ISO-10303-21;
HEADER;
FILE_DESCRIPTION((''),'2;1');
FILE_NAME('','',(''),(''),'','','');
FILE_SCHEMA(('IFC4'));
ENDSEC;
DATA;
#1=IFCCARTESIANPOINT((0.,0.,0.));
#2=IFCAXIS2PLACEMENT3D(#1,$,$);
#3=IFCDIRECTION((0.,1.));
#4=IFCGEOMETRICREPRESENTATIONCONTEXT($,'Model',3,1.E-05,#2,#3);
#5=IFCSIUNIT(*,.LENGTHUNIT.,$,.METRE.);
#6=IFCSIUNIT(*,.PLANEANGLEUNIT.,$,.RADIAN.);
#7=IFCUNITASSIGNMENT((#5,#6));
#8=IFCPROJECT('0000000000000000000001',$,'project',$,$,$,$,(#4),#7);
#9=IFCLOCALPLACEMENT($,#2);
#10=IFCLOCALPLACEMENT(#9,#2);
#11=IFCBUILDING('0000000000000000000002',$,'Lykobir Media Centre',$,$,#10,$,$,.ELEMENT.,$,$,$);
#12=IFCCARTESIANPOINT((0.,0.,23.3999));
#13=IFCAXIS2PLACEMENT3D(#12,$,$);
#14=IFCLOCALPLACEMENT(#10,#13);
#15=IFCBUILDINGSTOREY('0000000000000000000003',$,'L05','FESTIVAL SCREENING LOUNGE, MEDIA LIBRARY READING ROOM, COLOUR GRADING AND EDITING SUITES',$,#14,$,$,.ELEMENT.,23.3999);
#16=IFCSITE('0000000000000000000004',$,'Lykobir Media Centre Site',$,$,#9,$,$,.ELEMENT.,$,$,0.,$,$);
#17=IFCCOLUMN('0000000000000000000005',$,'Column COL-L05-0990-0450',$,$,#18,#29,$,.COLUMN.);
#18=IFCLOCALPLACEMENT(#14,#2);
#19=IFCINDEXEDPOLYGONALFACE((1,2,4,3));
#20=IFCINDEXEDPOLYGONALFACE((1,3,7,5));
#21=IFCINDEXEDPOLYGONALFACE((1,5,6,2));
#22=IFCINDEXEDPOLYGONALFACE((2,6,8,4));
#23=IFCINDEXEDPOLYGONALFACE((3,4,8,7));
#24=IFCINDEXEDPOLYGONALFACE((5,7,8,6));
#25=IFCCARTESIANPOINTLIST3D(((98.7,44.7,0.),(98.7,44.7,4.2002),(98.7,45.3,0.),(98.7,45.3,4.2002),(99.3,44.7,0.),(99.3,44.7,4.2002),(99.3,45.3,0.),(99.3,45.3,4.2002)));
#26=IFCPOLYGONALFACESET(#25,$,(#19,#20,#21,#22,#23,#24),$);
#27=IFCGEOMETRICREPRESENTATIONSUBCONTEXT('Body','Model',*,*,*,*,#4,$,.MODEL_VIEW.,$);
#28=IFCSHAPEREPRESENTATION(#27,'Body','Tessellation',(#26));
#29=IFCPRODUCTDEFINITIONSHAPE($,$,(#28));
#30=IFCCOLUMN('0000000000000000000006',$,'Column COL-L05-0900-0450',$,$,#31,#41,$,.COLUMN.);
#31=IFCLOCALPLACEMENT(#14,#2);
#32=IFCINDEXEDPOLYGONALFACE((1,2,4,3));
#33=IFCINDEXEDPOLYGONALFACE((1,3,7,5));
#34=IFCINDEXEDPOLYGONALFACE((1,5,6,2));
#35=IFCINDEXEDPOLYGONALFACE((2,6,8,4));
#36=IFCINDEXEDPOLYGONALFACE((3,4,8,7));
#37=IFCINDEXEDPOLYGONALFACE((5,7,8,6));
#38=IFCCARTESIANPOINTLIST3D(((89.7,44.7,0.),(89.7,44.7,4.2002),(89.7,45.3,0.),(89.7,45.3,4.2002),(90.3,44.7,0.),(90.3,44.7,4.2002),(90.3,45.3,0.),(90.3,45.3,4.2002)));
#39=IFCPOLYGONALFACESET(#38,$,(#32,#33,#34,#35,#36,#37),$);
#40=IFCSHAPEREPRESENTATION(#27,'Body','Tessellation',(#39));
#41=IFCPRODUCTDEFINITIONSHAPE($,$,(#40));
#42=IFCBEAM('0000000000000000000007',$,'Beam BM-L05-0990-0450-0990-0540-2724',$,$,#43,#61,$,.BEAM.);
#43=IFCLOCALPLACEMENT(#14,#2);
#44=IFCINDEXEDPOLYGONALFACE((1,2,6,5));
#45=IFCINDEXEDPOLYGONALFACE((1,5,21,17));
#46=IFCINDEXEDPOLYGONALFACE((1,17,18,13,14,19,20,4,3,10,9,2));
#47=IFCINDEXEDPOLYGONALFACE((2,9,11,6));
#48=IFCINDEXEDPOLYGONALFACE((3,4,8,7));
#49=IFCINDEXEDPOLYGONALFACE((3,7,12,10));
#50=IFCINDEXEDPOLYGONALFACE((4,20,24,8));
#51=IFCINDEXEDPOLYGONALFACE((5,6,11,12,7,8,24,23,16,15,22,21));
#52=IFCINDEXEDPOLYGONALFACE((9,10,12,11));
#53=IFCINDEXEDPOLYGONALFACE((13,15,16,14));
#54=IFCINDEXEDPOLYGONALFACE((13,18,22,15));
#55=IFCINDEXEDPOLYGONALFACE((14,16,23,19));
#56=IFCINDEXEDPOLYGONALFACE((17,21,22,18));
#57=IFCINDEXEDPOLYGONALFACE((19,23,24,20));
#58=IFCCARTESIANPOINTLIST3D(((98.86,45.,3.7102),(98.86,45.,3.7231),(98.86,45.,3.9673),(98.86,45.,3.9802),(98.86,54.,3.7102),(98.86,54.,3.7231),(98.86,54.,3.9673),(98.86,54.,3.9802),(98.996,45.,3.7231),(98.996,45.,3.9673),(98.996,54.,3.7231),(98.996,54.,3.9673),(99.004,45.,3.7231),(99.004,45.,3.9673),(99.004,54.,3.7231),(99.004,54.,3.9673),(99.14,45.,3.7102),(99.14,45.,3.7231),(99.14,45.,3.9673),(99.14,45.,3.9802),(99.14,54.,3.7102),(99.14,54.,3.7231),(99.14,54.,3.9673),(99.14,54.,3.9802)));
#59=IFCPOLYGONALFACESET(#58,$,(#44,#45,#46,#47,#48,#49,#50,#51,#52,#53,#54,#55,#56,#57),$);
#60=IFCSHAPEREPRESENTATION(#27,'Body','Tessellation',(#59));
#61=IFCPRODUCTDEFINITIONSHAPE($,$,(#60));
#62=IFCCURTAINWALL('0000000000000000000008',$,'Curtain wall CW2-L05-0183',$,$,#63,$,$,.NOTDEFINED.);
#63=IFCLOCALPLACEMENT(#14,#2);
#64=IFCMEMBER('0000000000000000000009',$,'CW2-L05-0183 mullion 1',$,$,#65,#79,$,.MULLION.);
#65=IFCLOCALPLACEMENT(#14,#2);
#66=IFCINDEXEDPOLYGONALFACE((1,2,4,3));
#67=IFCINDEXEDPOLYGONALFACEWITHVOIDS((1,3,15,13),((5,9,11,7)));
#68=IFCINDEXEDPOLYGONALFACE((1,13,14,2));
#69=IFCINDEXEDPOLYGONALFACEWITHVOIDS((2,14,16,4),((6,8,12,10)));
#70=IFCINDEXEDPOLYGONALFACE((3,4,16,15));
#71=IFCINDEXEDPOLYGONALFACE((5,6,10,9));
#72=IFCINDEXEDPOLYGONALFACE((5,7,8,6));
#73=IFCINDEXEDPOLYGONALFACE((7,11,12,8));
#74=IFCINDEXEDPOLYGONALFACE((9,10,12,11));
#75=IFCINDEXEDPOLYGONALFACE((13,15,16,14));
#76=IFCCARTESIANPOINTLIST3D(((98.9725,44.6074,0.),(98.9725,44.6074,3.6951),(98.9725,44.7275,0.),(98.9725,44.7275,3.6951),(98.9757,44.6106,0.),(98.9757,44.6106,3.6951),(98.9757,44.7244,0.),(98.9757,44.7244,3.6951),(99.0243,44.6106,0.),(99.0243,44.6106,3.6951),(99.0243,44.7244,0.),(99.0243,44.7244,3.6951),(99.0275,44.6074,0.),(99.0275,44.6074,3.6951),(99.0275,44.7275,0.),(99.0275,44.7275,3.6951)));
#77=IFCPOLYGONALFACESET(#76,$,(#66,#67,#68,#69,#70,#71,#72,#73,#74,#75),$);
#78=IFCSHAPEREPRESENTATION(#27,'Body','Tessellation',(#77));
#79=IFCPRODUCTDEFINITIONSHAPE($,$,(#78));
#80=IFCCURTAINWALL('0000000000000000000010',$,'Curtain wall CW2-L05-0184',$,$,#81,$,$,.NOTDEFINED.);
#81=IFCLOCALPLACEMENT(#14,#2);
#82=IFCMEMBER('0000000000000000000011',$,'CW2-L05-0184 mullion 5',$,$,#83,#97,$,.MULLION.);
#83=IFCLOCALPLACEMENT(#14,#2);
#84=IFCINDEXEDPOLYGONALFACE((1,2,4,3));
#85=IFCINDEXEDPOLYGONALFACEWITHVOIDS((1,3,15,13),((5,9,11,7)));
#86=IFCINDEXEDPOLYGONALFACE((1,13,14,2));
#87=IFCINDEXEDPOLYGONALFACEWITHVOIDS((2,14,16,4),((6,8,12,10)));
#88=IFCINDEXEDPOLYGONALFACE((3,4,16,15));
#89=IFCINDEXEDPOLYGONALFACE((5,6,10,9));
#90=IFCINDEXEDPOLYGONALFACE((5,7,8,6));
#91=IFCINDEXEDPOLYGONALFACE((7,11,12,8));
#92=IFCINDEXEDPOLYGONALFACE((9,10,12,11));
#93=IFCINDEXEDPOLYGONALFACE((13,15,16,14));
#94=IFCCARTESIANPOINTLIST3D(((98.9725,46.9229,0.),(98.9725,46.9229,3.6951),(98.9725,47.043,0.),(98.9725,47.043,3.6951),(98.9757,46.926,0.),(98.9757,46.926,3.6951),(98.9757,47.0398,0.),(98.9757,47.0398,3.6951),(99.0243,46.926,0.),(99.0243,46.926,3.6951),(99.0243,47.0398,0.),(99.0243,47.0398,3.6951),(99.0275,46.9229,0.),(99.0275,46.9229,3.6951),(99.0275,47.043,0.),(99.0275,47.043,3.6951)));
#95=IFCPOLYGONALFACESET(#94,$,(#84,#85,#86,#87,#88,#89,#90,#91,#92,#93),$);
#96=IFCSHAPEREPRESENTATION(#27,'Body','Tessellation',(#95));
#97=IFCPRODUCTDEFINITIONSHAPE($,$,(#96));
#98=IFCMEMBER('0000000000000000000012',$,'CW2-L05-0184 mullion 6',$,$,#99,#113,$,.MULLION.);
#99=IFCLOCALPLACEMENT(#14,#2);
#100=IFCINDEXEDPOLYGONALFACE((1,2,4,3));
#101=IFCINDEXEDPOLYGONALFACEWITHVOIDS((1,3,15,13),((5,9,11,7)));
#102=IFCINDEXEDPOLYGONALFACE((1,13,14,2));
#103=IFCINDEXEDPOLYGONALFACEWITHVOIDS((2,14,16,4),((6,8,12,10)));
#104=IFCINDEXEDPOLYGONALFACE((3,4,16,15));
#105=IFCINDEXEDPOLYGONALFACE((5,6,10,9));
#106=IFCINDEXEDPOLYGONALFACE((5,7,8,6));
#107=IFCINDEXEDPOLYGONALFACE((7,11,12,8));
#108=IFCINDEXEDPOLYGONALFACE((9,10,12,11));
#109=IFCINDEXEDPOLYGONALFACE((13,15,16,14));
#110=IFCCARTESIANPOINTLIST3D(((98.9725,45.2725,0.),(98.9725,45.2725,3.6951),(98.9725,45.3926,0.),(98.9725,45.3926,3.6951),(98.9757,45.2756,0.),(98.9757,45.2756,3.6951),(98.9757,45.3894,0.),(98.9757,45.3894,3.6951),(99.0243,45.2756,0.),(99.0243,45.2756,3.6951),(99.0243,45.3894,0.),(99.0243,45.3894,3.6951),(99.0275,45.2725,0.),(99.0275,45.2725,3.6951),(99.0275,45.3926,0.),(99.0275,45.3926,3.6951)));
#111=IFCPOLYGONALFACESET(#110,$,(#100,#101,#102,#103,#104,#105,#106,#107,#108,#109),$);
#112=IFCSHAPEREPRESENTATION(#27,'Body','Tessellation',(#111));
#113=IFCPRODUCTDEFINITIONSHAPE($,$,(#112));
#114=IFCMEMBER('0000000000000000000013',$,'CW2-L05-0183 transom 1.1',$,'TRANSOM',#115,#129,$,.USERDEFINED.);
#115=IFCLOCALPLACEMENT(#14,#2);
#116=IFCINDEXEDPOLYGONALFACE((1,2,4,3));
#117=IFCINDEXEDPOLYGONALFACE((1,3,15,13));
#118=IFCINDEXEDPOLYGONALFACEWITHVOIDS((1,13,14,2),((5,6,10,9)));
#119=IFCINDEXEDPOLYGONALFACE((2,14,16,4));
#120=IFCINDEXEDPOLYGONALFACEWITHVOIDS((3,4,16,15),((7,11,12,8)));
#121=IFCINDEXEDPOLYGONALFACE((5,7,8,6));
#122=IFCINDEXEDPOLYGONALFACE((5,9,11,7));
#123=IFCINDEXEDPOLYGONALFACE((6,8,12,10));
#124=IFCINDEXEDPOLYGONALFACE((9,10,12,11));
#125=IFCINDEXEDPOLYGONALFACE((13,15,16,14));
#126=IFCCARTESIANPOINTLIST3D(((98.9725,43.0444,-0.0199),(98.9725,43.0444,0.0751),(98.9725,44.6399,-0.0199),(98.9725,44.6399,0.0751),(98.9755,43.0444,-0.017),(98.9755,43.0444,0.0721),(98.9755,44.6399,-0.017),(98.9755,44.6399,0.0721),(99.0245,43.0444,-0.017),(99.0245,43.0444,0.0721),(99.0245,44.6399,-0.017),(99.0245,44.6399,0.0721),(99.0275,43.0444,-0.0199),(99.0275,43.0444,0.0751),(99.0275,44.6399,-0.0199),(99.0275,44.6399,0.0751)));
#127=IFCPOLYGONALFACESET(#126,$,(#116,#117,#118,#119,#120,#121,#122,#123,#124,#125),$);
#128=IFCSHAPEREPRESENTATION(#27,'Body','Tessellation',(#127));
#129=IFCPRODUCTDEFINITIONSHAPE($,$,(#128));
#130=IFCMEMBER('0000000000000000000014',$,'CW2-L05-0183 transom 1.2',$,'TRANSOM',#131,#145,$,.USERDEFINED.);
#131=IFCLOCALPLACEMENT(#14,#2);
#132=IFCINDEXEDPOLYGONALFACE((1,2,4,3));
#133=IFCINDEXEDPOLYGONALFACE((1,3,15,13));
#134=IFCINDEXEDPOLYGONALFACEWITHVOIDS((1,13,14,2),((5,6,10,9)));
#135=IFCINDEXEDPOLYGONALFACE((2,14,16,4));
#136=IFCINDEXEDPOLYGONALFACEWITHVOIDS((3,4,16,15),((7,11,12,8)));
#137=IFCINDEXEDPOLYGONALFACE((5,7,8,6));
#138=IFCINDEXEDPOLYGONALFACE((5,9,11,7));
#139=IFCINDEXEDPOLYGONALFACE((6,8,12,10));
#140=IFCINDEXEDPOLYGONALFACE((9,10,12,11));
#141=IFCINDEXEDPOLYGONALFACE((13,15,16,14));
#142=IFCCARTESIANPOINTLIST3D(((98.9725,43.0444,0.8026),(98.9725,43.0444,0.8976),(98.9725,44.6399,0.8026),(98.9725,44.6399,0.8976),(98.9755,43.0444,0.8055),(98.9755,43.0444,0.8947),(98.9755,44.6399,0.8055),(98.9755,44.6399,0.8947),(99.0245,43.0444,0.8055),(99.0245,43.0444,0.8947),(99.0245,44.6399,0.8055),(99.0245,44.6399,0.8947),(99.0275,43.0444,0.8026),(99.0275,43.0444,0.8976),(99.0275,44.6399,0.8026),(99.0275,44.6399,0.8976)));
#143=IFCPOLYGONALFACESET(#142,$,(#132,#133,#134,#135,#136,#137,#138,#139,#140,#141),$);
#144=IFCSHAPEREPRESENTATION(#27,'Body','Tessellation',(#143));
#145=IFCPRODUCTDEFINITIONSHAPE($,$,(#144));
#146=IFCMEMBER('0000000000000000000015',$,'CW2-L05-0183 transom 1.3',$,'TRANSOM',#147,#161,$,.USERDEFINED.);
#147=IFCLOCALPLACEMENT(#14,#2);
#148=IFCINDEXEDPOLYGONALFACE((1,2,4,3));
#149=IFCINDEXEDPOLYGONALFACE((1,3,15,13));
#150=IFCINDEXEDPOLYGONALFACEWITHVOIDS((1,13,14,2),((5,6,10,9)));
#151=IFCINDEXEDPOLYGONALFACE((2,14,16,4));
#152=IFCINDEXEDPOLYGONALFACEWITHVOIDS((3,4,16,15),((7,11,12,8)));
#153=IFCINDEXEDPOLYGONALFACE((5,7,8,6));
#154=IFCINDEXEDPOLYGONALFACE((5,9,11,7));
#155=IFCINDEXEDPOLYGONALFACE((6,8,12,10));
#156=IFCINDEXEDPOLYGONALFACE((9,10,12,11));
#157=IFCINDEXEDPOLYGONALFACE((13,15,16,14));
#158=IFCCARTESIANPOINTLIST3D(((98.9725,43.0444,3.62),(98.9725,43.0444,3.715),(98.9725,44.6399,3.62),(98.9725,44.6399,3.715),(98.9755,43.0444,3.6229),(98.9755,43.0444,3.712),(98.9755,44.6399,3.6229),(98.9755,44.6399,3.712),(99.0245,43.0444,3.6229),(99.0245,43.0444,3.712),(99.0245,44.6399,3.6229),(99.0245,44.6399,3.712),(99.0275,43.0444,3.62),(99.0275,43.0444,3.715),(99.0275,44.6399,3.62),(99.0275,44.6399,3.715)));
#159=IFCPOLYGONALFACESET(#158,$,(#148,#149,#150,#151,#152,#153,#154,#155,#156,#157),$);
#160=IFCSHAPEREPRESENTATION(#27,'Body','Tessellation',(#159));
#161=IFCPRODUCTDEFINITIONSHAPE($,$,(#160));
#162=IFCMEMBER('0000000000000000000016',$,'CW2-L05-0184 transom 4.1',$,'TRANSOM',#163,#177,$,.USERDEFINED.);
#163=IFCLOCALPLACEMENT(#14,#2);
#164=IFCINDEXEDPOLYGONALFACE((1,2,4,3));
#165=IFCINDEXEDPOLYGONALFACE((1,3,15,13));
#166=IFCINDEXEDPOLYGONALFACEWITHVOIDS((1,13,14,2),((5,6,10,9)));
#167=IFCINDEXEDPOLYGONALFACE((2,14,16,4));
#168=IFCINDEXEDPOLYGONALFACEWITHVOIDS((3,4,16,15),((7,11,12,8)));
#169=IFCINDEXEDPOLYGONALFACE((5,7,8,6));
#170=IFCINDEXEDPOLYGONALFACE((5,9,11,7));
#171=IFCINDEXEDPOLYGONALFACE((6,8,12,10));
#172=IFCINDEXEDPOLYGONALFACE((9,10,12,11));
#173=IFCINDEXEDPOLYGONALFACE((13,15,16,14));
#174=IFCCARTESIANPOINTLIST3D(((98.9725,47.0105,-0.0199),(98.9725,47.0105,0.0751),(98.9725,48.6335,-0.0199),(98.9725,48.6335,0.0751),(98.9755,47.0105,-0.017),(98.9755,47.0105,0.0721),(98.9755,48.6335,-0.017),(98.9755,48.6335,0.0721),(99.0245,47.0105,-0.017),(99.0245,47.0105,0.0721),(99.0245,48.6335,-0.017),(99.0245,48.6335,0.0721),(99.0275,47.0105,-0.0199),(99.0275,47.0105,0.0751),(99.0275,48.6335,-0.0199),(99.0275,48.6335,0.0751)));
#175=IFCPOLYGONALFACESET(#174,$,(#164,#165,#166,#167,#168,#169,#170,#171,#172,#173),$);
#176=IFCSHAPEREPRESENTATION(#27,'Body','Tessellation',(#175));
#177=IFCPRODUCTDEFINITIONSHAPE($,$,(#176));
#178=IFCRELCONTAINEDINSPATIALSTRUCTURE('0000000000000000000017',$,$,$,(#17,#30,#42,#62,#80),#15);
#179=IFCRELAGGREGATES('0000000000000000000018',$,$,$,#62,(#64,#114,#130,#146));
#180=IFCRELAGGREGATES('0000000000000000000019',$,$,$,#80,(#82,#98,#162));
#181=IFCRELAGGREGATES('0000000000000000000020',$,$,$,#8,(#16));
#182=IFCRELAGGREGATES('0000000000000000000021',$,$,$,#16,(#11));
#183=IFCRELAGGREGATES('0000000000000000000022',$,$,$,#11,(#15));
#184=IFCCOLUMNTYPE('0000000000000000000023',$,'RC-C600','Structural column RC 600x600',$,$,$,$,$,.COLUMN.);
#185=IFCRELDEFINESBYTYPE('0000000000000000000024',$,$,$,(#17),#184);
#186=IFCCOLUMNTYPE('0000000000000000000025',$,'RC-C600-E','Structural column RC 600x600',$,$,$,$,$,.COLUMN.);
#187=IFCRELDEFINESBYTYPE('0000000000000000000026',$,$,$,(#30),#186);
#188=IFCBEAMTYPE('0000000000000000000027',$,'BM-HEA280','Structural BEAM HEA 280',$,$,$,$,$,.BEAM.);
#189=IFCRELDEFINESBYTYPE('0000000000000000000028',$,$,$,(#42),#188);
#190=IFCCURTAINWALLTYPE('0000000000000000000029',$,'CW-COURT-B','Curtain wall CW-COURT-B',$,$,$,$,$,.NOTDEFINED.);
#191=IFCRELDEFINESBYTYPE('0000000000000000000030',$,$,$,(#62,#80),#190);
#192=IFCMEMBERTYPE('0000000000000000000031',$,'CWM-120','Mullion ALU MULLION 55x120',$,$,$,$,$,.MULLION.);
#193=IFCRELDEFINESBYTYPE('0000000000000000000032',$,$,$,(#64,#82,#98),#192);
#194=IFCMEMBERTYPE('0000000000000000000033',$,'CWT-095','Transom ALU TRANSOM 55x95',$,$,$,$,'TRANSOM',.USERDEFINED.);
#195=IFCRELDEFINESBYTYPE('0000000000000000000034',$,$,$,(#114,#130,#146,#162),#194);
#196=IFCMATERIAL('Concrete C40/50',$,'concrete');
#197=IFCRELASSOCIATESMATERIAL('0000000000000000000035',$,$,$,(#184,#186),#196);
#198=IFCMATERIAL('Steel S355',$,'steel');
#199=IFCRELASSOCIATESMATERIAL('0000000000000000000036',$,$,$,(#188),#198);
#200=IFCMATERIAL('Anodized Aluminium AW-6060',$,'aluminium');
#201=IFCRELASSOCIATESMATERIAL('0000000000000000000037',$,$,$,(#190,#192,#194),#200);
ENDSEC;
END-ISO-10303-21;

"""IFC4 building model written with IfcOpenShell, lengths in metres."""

from ifc_helpers import new_model, si_unit, direction, frame, origin, origin_2d, place, context, subcontext, project, spatial, rectangle, hollow_rectangle, i_section, extrude, material, material_profile, profile_set, type_object, element, aggregate, save


model = new_model("IFC4")

# Units and contexts
model_context = context("Model", 3, precision=1e-05, world=origin(), true_north=direction((0.0, 1.0)))
body_context = subcontext(model_context, "Body", "Model", "MODEL_VIEW")
ifc_project = project(units=[si_unit("LENGTHUNIT", "METRE"), si_unit("PLANEANGLEUNIT", "RADIAN")], contexts=[model_context])

# Site, building, storey
site_placement = place(None, origin())
site = spatial("IfcSite", under=ifc_project, at=site_placement, Name="Lykobir Media Centre Site", CompositionType="ELEMENT", RefElevation=0.0)
building_placement = place(site_placement, origin())
building = spatial("IfcBuilding", under=site, at=building_placement, Name="Lykobir Media Centre", CompositionType="ELEMENT")
storey_placement = place(building_placement, frame((0.0, 0.0, 23.3999)))
storey = spatial("IfcBuildingStorey", under=building, at=storey_placement, Name="L05", Description="FESTIVAL SCREENING LOUNGE, MEDIA LIBRARY READING ROOM, COLOUR GRADING AND EDITING SUITES", CompositionType="ELEMENT", Elevation=23.3999)

# Columns
ifc_material_1 = material(Name="Concrete C40/50", Category="concrete")
ifc_material_profile_1 = material_profile(ifc_material_1, rectangle(XDim=0.6001, YDim=0.6001, at=origin_2d()), Name="RC 600x600")
ifc_profile_set_1 = profile_set([ifc_material_profile_1], Name="Concrete C40/50")
column_type_1 = type_object("IfcColumnType", Name="RC-C600", Description="Structural column RC 600x600", PredefinedType="COLUMN", material=ifc_profile_set_1)
column_1_placement = place(storey_placement, frame((99.0, 45.0, 0.0), z_axis=(0.0, 0.0, 1.0), x_axis=(1.0, 0.0, 0.0)))
element("IfcColumn", 1, at=column_1_placement, inside=storey, type_object=column_type_1, Name="Column COL-L05-0990-0450", PredefinedType="COLUMN", context=body_context, shape_type="SweptSolid", body=[
    extrude(rectangle(XDim=0.6001, YDim=0.6001, at=origin_2d()), origin(), (0.0, 0.0, 1.0), 4.2002),
])
ifc_material_profile_2 = material_profile(ifc_material_1, rectangle(XDim=0.6001, YDim=0.6001, at=origin_2d()), Name="RC 600x600")
ifc_profile_set_2 = profile_set([ifc_material_profile_2], Name="Concrete C40/50")
column_type_2 = type_object("IfcColumnType", Name="RC-C600-E", Description="Structural column RC 600x600", PredefinedType="COLUMN", material=ifc_profile_set_2)
column_2_placement = place(storey_placement, frame((90.0, 45.0, 0.0), z_axis=(0.0, 0.0, 1.0), x_axis=(1.0, 0.0, 0.0)))
element("IfcColumn", 2, at=column_2_placement, inside=storey, type_object=column_type_2, Name="Column COL-L05-0900-0450", PredefinedType="COLUMN", context=body_context, shape_type="SweptSolid", body=[
    extrude(rectangle(XDim=0.6001, YDim=0.6001, at=origin_2d()), origin(), (0.0, 0.0, 1.0), 4.2002),
])

# Beam
ifc_material_2 = material(Name="Steel S355", Category="steel")
ifc_material_profile_3 = material_profile(ifc_material_2, i_section(OverallWidth=0.28, OverallDepth=0.27, WebThickness=0.0081, FlangeThickness=0.0129, at=origin_2d()), Name="HEA 280")
ifc_profile_set_3 = profile_set([ifc_material_profile_3], Name="Steel S355")
beam_type_1 = type_object("IfcBeamType", Name="BM-HEA280", Description="Structural BEAM HEA 280", PredefinedType="BEAM", material=ifc_profile_set_3)
beam_1_placement = place(storey_placement, frame((99.0, 45.0, 3.8452), z_axis=(0.0, 1.0, 0.0), x_axis=(-1.0, 0.0, 0.0)))
element("IfcBeam", 3, at=beam_1_placement, inside=storey, type_object=beam_type_1, Name="Beam BM-L05-0990-0450-0990-0540-2724", PredefinedType="BEAM", context=body_context, shape_type="SweptSolid", body=[
    extrude(i_section(OverallWidth=0.28, OverallDepth=0.27, WebThickness=0.0081, FlangeThickness=0.0129, at=origin_2d()), origin(), (0.0, 0.0, 1.0), 9.0),
])

# Curtain wall, member
ifc_material_3 = material(Name="Anodized Aluminium AW-6060", Category="aluminium")
curtain_wall_type = type_object("IfcCurtainWallType", Name="CW-COURT-B", Description="Curtain wall CW-COURT-B", PredefinedType="NOTDEFINED", material=ifc_material_3)
curtain_wall_1_placement = place(storey_placement, origin())
curtain_wall_1 = element("IfcCurtainWall", 4, at=curtain_wall_1_placement, inside=storey, type_object=curtain_wall_type, Name="Curtain wall CW2-L05-0183", PredefinedType="NOTDEFINED")
ifc_material_profile_4 = material_profile(ifc_material_3, hollow_rectangle(XDim=0.0549, YDim=0.1201, WallThickness=0.0032, at=origin_2d()), Name="ALU MULLION 55x120")
ifc_profile_set_4 = profile_set([ifc_material_profile_4], Name="Anodized Aluminium AW-6060")
member_type_1 = type_object("IfcMemberType", Name="CWM-120", Description="Mullion ALU MULLION 55x120", PredefinedType="MULLION", material=ifc_profile_set_4)
member_1_placement = place(storey_placement, frame((99.0, 44.6675, 0.0), z_axis=(0.0, 0.0, 1.0), x_axis=(1.0, 0.0, 0.0)))
member_1 = element("IfcMember", 5, at=member_1_placement, type_object=member_type_1, Name="CW2-L05-0183 mullion 1", PredefinedType="MULLION", context=body_context, shape_type="SweptSolid", body=[
    extrude(hollow_rectangle(XDim=0.0549, YDim=0.1201, WallThickness=0.0032, at=origin_2d()), origin(), (0.0, 0.0, 1.0), 3.6951),
])

# Curtain wall, members
curtain_wall_2_placement = place(storey_placement, origin())
curtain_wall_2 = element("IfcCurtainWall", 6, at=curtain_wall_2_placement, inside=storey, type_object=curtain_wall_type, Name="Curtain wall CW2-L05-0184", PredefinedType="NOTDEFINED")
member_2_placement = place(storey_placement, frame((99.0, 46.9829, 0.0), z_axis=(0.0, 0.0, 1.0), x_axis=(1.0, 0.0, 0.0)))
member_2 = element("IfcMember", 7, at=member_2_placement, type_object=member_type_1, Name="CW2-L05-0184 mullion 5", PredefinedType="MULLION", context=body_context, shape_type="SweptSolid", body=[
    extrude(hollow_rectangle(XDim=0.0549, YDim=0.1201, WallThickness=0.0032, at=origin_2d()), origin(), (0.0, 0.0, 1.0), 3.6951),
])
member_3_placement = place(storey_placement, frame((99.0, 45.3325, 0.0), z_axis=(0.0, 0.0, 1.0), x_axis=(1.0, 0.0, 0.0)))
member_3 = element("IfcMember", 8, at=member_3_placement, type_object=member_type_1, Name="CW2-L05-0184 mullion 6", PredefinedType="MULLION", context=body_context, shape_type="SweptSolid", body=[
    extrude(hollow_rectangle(XDim=0.0549, YDim=0.1201, WallThickness=0.0032, at=origin_2d()), origin(), (0.0, 0.0, 1.0), 3.6951),
])

# Members
ifc_material_profile_5 = material_profile(ifc_material_3, hollow_rectangle(XDim=0.0549, YDim=0.095, WallThickness=0.0029, at=origin_2d()), Name="ALU TRANSOM 55x95")
ifc_profile_set_5 = profile_set([ifc_material_profile_5], Name="Anodized Aluminium AW-6060")
member_type_2 = type_object("IfcMemberType", Name="CWT-095", Description="Transom ALU TRANSOM 55x95", ElementType="TRANSOM", PredefinedType="USERDEFINED", material=ifc_profile_set_5)
member_4_placement = place(storey_placement, frame((99.0, 44.6399, 0.0276), z_axis=(0.0, -1.0, 0.0), x_axis=(1.0, 0.0, 0.0)))
member_4 = element("IfcMember", 9, at=member_4_placement, type_object=member_type_2, Name="CW2-L05-0183 transom 1.1", ObjectType="TRANSOM", PredefinedType="USERDEFINED", context=body_context, shape_type="SweptSolid", body=[
    extrude(hollow_rectangle(XDim=0.0549, YDim=0.095, WallThickness=0.0029, at=origin_2d()), origin(), (0.0, 0.0, 1.0), 1.5955),
])
member_5_placement = place(storey_placement, frame((99.0, 44.6399, 0.8501), z_axis=(0.0, -1.0, 0.0), x_axis=(1.0, 0.0, 0.0)))
member_5 = element("IfcMember", 10, at=member_5_placement, type_object=member_type_2, Name="CW2-L05-0183 transom 1.2", ObjectType="TRANSOM", PredefinedType="USERDEFINED", context=body_context, shape_type="SweptSolid", body=[
    extrude(hollow_rectangle(XDim=0.0549, YDim=0.095, WallThickness=0.0029, at=origin_2d()), origin(), (0.0, 0.0, 1.0), 1.5955),
])
member_6_placement = place(storey_placement, frame((99.0, 44.6399, 3.6675), z_axis=(0.0, -1.0, 0.0), x_axis=(1.0, 0.0, 0.0)))
member_6 = element("IfcMember", 11, at=member_6_placement, type_object=member_type_2, Name="CW2-L05-0183 transom 1.3", ObjectType="TRANSOM", PredefinedType="USERDEFINED", context=body_context, shape_type="SweptSolid", body=[
    extrude(hollow_rectangle(XDim=0.0549, YDim=0.095, WallThickness=0.0029, at=origin_2d()), origin(), (0.0, 0.0, 1.0), 1.5955),
])
aggregate(curtain_wall_1, [member_1, member_4, member_5, member_6])
member_7_placement = place(storey_placement, frame((99.0, 48.6335, 0.0276), z_axis=(0.0, -1.0, 0.0), x_axis=(1.0, 0.0, 0.0)))
member_7 = element("IfcMember", 12, at=member_7_placement, type_object=member_type_2, Name="CW2-L05-0184 transom 4.1", ObjectType="TRANSOM", PredefinedType="USERDEFINED", context=body_context, shape_type="SweptSolid", body=[
    extrude(hollow_rectangle(XDim=0.0549, YDim=0.095, WallThickness=0.0029, at=origin_2d()), origin(), (0.0, 0.0, 1.0), 1.623),
])

aggregate(curtain_wall_2, [member_2, member_3, member_7])

save(model, "model.ifc")
